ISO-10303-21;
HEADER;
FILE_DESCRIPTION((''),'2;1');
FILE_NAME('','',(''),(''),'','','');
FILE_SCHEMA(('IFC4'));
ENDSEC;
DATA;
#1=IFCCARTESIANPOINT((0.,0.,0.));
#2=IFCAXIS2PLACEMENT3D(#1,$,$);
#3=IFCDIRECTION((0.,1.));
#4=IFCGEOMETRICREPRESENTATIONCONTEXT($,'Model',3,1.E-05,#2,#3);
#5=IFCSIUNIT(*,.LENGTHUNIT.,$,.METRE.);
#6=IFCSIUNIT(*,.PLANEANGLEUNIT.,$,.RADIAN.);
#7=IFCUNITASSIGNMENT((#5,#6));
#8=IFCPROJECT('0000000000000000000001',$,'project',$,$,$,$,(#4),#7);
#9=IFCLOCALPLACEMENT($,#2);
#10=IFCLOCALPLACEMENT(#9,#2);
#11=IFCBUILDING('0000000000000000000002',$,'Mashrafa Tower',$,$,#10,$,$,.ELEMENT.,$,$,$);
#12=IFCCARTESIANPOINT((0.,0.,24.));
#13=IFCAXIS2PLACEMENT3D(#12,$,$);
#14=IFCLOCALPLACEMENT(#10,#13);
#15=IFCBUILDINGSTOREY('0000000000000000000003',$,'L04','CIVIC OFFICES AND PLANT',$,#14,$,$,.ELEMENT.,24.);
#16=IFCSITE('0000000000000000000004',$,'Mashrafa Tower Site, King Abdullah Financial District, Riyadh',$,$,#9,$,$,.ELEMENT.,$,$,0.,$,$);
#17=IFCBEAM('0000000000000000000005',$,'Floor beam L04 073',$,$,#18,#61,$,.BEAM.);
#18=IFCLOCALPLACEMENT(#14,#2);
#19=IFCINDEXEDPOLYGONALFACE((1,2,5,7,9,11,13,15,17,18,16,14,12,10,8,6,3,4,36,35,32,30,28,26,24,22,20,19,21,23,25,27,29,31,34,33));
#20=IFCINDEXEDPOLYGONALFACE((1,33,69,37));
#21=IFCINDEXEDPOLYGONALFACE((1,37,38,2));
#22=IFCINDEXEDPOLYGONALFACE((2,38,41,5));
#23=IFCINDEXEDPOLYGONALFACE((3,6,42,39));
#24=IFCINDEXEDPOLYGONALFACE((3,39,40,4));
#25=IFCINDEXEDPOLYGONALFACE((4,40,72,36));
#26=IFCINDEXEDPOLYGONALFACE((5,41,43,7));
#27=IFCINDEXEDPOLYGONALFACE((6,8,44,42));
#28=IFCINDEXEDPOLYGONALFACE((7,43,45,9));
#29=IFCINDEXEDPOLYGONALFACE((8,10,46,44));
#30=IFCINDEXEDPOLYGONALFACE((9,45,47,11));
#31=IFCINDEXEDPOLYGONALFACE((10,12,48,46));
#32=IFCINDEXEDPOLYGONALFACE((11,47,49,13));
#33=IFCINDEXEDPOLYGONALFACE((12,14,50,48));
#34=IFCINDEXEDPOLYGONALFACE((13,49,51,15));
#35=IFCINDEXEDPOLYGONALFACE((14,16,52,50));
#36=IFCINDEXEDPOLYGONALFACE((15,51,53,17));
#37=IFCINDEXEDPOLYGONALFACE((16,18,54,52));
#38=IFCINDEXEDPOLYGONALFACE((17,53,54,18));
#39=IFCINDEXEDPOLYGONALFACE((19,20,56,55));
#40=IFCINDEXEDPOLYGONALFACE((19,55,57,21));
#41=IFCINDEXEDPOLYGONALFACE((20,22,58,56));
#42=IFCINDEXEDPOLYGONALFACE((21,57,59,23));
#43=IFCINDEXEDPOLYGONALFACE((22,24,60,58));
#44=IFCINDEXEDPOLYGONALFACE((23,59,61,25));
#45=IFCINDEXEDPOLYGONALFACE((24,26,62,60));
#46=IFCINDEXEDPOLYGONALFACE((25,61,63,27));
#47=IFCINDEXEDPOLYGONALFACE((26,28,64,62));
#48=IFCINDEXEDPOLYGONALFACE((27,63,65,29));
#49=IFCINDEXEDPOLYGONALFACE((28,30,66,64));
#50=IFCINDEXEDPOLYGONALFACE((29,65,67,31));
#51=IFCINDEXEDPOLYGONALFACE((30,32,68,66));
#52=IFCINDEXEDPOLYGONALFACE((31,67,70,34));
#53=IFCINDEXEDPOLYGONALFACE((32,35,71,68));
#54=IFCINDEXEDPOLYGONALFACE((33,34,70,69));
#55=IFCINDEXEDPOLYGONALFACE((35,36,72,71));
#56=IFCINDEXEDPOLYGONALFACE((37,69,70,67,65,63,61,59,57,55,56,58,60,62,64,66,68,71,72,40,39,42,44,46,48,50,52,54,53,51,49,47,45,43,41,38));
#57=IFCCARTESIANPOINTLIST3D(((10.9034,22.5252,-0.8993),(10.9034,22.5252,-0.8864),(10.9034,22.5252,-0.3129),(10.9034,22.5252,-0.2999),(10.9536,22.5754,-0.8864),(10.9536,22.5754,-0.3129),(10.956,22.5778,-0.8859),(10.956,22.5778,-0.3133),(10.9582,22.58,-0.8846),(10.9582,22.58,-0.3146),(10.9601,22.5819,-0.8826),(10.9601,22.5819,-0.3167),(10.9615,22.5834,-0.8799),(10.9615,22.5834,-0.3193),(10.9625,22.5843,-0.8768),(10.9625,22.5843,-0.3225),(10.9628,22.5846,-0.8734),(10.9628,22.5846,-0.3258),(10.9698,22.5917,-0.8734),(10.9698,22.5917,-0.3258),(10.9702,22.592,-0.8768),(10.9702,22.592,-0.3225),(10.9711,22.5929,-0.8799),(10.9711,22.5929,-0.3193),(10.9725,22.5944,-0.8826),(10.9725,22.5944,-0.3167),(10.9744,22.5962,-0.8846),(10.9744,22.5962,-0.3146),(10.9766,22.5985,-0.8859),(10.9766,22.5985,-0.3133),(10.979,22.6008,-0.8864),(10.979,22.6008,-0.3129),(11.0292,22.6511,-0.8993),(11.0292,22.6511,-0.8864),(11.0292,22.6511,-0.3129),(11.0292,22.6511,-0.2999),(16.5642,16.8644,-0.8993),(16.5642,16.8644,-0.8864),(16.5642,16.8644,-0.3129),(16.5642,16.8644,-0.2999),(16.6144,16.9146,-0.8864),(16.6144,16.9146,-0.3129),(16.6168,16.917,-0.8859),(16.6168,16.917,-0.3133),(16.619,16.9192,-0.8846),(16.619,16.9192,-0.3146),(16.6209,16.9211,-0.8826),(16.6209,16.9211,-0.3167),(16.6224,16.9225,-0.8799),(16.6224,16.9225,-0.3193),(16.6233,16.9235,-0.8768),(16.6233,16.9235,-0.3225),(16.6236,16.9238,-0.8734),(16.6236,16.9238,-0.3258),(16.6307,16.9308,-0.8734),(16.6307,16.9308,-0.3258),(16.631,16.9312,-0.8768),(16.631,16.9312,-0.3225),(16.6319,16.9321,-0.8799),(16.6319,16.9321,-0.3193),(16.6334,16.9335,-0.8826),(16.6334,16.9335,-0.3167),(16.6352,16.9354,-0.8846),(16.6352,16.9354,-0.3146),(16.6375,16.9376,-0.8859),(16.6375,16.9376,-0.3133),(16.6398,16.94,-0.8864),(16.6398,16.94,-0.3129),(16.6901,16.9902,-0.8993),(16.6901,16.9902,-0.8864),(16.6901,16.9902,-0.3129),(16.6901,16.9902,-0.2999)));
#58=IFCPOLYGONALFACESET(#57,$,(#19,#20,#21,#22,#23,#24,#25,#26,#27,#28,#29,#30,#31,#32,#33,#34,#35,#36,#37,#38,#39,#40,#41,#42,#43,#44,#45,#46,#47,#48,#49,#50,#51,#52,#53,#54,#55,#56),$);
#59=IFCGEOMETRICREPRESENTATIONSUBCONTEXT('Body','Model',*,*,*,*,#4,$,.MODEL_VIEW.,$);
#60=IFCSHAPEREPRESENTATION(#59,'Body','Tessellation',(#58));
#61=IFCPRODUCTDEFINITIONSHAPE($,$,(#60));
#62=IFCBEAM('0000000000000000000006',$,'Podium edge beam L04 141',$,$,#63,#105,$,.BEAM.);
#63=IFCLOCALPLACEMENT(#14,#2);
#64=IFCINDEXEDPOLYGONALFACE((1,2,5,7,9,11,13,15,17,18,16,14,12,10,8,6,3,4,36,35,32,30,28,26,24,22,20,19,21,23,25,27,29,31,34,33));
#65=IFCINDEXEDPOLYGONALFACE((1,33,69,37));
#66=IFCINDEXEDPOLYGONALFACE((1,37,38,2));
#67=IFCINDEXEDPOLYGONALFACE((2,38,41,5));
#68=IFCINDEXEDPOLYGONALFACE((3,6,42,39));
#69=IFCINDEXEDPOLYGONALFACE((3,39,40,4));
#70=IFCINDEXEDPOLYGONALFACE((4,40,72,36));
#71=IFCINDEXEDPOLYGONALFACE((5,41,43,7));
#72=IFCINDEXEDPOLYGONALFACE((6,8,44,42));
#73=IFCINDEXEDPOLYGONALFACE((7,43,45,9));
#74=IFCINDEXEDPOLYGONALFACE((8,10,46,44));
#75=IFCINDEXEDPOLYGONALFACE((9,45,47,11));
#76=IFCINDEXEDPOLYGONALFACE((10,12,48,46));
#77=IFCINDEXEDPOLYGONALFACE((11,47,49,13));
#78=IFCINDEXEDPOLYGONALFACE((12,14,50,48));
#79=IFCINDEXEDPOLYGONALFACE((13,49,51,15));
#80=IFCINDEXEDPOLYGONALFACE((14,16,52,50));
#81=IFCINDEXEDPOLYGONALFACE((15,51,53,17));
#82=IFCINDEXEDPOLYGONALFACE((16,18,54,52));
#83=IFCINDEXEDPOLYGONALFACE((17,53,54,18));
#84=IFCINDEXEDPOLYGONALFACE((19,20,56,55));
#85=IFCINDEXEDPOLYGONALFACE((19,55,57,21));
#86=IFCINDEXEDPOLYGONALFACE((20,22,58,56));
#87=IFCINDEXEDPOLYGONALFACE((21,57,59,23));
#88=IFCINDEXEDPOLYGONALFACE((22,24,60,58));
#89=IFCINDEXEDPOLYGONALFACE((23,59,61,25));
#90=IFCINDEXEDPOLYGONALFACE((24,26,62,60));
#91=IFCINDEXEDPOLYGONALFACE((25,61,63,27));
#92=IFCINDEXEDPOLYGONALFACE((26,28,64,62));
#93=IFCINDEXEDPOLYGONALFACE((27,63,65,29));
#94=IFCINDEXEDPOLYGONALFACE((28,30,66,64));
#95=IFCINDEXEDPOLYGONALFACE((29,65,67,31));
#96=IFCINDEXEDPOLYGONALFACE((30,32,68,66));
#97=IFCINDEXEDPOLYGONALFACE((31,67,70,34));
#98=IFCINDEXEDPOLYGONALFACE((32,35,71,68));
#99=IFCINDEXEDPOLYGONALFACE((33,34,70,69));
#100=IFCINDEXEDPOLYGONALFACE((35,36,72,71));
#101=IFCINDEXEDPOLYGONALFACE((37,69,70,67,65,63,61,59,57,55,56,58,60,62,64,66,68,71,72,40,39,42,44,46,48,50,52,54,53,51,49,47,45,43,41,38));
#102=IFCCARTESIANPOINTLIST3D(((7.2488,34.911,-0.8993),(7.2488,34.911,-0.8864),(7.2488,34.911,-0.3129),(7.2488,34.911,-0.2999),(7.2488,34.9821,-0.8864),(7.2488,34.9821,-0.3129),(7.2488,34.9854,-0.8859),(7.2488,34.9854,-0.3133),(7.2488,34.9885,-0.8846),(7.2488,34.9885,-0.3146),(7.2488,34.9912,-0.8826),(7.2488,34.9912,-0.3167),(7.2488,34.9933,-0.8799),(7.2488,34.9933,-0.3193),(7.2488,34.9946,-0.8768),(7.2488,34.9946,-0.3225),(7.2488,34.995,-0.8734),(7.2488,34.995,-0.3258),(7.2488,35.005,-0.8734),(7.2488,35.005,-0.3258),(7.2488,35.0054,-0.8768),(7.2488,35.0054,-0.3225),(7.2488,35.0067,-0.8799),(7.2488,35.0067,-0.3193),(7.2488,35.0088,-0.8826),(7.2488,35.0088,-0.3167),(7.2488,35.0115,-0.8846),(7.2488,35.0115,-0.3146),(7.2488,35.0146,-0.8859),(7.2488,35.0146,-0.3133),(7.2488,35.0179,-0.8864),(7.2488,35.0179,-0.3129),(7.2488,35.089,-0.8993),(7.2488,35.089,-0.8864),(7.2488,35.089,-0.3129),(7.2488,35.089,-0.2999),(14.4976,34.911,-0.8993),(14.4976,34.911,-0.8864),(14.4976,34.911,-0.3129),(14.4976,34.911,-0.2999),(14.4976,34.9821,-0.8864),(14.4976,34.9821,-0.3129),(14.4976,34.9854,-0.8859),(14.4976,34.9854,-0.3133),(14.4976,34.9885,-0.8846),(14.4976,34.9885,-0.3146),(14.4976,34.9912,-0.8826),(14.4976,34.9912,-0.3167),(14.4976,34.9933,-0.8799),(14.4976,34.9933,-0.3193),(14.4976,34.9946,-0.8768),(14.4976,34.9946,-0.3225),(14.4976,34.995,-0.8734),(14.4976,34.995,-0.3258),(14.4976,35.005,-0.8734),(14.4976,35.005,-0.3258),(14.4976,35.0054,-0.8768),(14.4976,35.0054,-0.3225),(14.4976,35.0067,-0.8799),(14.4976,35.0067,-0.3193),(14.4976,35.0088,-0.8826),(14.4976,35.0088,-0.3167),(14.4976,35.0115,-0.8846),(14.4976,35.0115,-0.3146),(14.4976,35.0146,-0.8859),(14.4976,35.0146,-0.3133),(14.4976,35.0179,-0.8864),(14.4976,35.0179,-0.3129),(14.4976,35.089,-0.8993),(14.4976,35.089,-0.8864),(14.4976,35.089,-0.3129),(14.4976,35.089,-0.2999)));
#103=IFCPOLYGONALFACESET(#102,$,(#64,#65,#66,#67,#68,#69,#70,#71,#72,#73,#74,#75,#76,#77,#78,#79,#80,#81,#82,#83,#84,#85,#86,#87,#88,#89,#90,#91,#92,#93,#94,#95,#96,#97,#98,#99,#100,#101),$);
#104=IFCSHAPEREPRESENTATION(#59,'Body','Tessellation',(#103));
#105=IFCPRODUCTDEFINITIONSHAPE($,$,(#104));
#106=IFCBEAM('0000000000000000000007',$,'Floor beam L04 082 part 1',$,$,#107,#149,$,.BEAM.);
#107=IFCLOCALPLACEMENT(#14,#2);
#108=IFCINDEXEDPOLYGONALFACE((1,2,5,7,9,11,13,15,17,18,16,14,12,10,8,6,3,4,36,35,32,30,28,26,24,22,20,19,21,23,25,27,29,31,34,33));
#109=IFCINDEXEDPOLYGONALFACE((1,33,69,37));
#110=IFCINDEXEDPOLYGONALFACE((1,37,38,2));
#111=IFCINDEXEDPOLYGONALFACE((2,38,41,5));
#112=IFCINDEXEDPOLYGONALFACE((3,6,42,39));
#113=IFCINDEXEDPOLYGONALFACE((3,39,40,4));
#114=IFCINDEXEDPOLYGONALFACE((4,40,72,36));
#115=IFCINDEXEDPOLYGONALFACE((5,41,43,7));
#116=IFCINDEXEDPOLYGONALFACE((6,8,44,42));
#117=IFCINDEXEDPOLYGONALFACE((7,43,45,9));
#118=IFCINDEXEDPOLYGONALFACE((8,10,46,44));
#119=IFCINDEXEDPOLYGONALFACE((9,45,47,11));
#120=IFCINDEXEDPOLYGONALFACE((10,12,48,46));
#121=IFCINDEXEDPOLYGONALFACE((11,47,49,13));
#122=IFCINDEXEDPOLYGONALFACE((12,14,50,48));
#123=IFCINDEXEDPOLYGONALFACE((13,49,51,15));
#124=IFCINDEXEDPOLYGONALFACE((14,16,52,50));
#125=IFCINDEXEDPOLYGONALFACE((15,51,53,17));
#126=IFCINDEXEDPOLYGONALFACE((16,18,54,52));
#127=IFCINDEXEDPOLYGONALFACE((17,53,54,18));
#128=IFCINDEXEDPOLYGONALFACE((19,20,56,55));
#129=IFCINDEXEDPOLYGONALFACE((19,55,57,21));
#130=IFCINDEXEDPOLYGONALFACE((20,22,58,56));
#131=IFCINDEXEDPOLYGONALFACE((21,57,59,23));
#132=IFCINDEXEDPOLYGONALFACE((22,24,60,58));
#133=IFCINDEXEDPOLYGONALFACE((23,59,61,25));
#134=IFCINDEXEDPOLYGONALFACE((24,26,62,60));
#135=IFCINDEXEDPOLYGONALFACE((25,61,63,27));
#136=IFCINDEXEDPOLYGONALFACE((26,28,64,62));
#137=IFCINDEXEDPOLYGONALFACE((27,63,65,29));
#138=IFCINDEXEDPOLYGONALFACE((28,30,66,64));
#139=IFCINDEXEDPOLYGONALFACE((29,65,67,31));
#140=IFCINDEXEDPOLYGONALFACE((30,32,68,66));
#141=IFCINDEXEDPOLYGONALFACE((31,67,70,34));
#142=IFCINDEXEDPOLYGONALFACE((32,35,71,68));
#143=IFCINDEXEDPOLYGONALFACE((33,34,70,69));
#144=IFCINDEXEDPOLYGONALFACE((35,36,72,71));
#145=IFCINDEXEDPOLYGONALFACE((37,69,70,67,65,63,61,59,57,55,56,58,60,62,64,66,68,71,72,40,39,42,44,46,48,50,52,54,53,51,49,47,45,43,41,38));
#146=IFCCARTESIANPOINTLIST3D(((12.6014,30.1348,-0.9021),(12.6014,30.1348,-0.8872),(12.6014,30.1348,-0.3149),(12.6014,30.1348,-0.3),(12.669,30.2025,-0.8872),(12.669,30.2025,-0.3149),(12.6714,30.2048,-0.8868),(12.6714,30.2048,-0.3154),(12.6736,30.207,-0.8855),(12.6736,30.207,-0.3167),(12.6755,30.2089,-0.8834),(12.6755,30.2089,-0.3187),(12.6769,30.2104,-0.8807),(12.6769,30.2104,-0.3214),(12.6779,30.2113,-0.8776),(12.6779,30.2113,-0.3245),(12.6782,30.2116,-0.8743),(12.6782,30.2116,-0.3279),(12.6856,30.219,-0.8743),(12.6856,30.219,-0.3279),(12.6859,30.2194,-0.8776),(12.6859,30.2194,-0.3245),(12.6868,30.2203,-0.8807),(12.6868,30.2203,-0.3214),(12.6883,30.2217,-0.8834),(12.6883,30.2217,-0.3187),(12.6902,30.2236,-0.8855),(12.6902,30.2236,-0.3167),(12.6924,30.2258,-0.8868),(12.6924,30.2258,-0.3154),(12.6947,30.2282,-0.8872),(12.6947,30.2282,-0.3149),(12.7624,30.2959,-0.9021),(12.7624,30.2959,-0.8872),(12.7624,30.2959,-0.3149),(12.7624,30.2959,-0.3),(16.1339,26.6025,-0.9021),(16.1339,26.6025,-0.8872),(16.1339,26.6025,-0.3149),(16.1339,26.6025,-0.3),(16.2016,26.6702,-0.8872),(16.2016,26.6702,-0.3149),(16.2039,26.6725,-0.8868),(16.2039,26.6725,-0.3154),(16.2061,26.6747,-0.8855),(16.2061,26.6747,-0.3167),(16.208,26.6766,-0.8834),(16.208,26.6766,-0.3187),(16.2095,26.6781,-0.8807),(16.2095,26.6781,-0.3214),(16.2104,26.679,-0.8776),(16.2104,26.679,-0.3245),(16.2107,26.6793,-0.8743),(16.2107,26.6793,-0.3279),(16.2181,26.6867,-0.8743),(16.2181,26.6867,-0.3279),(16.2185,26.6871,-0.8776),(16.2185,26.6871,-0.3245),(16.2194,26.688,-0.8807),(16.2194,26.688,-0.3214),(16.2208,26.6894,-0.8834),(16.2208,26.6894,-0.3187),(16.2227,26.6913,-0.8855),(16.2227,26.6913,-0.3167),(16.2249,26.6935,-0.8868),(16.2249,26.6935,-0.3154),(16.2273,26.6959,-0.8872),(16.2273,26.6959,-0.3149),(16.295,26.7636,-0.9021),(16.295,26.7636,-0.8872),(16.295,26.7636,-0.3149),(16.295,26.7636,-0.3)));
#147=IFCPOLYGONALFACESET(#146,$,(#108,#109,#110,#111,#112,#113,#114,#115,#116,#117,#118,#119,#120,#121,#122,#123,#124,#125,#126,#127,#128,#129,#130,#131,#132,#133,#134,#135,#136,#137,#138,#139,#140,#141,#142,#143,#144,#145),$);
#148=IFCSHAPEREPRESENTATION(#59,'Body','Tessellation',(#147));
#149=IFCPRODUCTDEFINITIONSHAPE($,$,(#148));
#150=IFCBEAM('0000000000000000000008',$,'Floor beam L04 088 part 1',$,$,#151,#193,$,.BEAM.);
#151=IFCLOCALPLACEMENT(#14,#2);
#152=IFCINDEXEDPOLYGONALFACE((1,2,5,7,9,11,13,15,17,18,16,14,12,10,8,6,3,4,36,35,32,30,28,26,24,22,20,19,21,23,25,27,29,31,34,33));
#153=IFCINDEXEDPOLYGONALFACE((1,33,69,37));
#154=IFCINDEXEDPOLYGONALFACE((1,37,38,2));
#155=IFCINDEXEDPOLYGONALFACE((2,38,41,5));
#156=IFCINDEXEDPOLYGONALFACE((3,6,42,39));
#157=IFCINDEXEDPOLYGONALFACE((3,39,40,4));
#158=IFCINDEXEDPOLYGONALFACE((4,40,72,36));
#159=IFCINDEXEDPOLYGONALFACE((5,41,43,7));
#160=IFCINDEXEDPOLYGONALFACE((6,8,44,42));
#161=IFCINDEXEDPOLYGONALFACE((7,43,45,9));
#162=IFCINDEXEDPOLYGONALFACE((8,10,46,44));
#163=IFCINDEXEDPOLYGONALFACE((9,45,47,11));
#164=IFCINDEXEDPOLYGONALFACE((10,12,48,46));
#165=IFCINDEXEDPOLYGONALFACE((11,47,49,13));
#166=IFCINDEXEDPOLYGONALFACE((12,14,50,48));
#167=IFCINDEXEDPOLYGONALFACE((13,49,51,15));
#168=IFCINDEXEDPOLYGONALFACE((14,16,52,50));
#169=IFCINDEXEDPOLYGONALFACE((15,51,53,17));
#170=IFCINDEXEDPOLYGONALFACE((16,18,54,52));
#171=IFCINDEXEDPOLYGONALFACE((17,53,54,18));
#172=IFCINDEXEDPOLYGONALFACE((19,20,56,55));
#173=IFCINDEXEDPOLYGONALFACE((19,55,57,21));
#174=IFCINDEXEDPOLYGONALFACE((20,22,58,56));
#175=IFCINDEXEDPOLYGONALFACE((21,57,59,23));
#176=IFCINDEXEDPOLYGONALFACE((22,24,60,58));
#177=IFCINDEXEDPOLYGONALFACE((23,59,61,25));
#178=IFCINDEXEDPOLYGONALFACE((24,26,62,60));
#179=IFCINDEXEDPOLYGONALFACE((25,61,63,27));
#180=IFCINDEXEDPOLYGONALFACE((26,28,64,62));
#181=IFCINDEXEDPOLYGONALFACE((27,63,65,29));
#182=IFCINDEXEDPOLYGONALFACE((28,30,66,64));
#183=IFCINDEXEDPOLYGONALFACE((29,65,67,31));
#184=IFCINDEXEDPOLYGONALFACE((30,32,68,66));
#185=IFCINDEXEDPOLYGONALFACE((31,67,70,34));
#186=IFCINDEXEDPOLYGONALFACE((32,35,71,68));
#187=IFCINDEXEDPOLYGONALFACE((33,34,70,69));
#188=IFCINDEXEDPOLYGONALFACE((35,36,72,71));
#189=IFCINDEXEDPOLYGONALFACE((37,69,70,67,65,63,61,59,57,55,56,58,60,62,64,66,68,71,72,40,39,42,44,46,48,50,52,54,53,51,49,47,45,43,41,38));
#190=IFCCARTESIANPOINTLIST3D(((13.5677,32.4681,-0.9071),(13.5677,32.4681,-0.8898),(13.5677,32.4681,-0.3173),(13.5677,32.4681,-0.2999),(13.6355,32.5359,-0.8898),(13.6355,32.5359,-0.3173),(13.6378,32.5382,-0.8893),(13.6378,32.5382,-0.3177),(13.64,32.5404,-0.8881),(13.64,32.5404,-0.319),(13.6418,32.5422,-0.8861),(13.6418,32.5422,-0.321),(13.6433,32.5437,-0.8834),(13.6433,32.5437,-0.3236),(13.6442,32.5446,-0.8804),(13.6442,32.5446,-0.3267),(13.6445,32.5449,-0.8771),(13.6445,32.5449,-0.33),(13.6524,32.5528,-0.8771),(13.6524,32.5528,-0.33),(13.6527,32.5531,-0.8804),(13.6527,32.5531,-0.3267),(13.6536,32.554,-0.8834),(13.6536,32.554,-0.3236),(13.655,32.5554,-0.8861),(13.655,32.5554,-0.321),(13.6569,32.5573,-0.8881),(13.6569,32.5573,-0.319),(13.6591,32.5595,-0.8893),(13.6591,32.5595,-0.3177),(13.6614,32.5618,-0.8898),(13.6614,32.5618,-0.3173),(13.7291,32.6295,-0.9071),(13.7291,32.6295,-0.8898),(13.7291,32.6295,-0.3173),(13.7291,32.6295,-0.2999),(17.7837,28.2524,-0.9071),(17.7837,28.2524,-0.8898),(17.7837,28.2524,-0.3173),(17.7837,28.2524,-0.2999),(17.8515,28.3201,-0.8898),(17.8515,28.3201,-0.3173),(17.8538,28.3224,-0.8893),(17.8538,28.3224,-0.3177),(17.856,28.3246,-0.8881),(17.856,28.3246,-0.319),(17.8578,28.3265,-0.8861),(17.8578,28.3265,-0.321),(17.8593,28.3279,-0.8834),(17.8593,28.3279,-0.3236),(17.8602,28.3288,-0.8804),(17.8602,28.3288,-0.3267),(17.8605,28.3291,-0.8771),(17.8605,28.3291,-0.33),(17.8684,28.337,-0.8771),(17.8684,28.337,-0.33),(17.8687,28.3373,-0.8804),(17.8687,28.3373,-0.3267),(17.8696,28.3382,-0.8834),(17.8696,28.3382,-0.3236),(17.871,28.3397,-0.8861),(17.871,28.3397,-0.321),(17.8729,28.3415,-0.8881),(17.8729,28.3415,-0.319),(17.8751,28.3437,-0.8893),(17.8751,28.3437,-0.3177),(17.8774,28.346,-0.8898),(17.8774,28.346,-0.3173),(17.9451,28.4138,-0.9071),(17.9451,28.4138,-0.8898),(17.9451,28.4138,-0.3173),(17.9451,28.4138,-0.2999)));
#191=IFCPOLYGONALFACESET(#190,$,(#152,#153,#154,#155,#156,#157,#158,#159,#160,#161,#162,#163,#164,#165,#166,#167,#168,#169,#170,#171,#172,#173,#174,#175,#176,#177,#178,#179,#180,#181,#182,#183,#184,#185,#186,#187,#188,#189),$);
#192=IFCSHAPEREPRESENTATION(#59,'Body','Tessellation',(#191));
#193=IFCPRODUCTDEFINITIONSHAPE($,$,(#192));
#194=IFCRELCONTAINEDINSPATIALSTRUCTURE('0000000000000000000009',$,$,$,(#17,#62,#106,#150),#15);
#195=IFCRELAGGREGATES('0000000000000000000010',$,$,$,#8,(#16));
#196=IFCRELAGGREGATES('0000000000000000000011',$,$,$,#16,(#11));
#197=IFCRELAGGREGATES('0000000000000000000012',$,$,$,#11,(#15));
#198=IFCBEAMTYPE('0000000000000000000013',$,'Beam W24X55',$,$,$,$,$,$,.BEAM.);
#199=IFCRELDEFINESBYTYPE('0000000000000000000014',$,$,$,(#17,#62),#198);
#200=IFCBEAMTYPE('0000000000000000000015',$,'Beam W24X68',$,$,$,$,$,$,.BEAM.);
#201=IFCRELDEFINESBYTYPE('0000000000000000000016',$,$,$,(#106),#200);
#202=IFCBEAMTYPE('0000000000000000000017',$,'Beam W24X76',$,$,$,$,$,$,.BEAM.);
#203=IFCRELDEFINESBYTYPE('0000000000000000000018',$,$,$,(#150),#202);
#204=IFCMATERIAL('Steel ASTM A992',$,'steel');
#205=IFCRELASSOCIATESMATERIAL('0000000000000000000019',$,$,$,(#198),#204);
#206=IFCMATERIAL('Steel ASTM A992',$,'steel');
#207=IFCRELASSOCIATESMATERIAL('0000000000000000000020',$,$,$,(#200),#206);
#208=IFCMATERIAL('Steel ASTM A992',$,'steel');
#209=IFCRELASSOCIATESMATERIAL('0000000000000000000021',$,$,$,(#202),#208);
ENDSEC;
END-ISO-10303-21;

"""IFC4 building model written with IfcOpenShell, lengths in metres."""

from ifc_helpers import new_model, si_unit, direction, frame, origin, origin_2d, place, context, subcontext, project, spatial, i_section, extrude, material, material_profile, profile_set, type_object, element, save


model = new_model("IFC4")

# Units and contexts
model_context = context("Model", 3, precision=1e-05, world=origin(), true_north=direction((0.0, 1.0)))
body_context = subcontext(model_context, "Body", "Model", "MODEL_VIEW")
ifc_project = project(units=[si_unit("LENGTHUNIT", "METRE"), si_unit("PLANEANGLEUNIT", "RADIAN")], contexts=[model_context])

# Site, building, storey
site_placement = place(None, origin())
site = spatial("IfcSite", under=ifc_project, at=site_placement, Name="Mashrafa Tower Site, King Abdullah Financial District, Riyadh", CompositionType="ELEMENT", RefElevation=0.0)
building_placement = place(site_placement, origin())
building = spatial("IfcBuilding", under=site, at=building_placement, Name="Mashrafa Tower", CompositionType="ELEMENT")
storey_placement = place(building_placement, frame((0.0, 0.0, 24.0)))
storey = spatial("IfcBuildingStorey", under=building, at=storey_placement, Name="L04", Description="CIVIC OFFICES AND PLANT", CompositionType="ELEMENT", Elevation=24.0)

# Beams
ifc_material_1 = material(Name="Steel ASTM A992", Category="steel")
ifc_material_profile_1 = material_profile(ifc_material_1, i_section(OverallWidth=0.178, OverallDepth=0.5994, WebThickness=0.01, FlangeThickness=0.0129, FilletRadius=0.0129, at=origin_2d()), Name="W24X55")
ifc_profile_set_1 = profile_set([ifc_material_profile_1], Name="Steel ASTM A992")
beam_type_1 = type_object("IfcBeamType", Name="Beam W24X55", PredefinedType="BEAM", material=ifc_profile_set_1)
beam_1_placement = place(storey_placement, frame((10.9663, 22.5881, -0.5996), z_axis=(0.707107, -0.707107, 0.0), x_axis=(0.707107, 0.707107, 0.0)))
element("IfcBeam", 1, at=beam_1_placement, inside=storey, type_object=beam_type_1, Name="Floor beam L04 073", PredefinedType="BEAM", context=body_context, shape_type="SweptSolid", body=[
    extrude(i_section(OverallWidth=0.178, OverallDepth=0.5994, WebThickness=0.01, FlangeThickness=0.0129, FilletRadius=0.0129, at=origin_2d()), origin(), (0.0, 0.0, 1.0), 8.0056),
])
beam_2_placement = place(storey_placement, frame((14.4976, 35.0, -0.5996), z_axis=(-1.0, 0.0, 0.0), x_axis=(0.0, -1.0, 0.0)))
element("IfcBeam", 2, at=beam_2_placement, inside=storey, type_object=beam_type_1, Name="Podium edge beam L04 141", PredefinedType="BEAM", context=body_context, shape_type="SweptSolid", body=[
    extrude(i_section(OverallWidth=0.178, OverallDepth=0.5994, WebThickness=0.01, FlangeThickness=0.0129, FilletRadius=0.0129, at=origin_2d()), origin(), (0.0, 0.0, 1.0), 7.2488),
])
ifc_material_2 = material(Name="Steel ASTM A992", Category="steel")
ifc_material_profile_2 = material_profile(ifc_material_2, i_section(OverallWidth=0.2278, OverallDepth=0.6021, WebThickness=0.0105, FlangeThickness=0.0149, FilletRadius=0.0129, at=origin_2d()), Name="W24X68")
ifc_profile_set_2 = profile_set([ifc_material_profile_2], Name="Steel ASTM A992")
beam_type_2 = type_object("IfcBeamType", Name="Beam W24X68", PredefinedType="BEAM", material=ifc_profile_set_2)
beam_3_placement = place(storey_placement, frame((12.6819, 30.2153, -0.6011), z_axis=(0.707131, -0.707082, 0.0), x_axis=(0.707082, 0.707131, 0.0)))
element("IfcBeam", 3, at=beam_3_placement, inside=storey, type_object=beam_type_2, Name="Floor beam L04 082 part 1", PredefinedType="BEAM", context=body_context, shape_type="SweptSolid", body=[
    extrude(i_section(OverallWidth=0.2278, OverallDepth=0.6021, WebThickness=0.0105, FlangeThickness=0.0149, FilletRadius=0.0129, at=origin_2d()), origin(), (0.0, 0.0, 1.0), 4.9956),
])
ifc_material_3 = material(Name="Steel ASTM A992", Category="steel")
ifc_material_profile_3 = material_profile(ifc_material_3, i_section(OverallWidth=0.2283, OverallDepth=0.6072, WebThickness=0.0112, FlangeThickness=0.0173, FilletRadius=0.0127, at=origin_2d()), Name="W24X76")
ifc_profile_set_3 = profile_set([ifc_material_profile_3], Name="Steel ASTM A992")
beam_type_3 = type_object("IfcBeamType", Name="Beam W24X76", PredefinedType="BEAM", material=ifc_profile_set_3)
beam_4_placement = place(storey_placement, frame((13.6484, 32.5488, -0.6035), z_axis=(0.707127, -0.707086, 0.0), x_axis=(0.707086, 0.707127, 0.0)))
element("IfcBeam", 4, at=beam_4_placement, inside=storey, type_object=beam_type_3, Name="Floor beam L04 088 part 1", PredefinedType="BEAM", context=body_context, shape_type="SweptSolid", body=[
    extrude(i_section(OverallWidth=0.2283, OverallDepth=0.6072, WebThickness=0.0112, FlangeThickness=0.0173, FilletRadius=0.0127, at=origin_2d()), origin(), (0.0, 0.0, 1.0), 5.9622),
])

save(model, "model.ifc")
